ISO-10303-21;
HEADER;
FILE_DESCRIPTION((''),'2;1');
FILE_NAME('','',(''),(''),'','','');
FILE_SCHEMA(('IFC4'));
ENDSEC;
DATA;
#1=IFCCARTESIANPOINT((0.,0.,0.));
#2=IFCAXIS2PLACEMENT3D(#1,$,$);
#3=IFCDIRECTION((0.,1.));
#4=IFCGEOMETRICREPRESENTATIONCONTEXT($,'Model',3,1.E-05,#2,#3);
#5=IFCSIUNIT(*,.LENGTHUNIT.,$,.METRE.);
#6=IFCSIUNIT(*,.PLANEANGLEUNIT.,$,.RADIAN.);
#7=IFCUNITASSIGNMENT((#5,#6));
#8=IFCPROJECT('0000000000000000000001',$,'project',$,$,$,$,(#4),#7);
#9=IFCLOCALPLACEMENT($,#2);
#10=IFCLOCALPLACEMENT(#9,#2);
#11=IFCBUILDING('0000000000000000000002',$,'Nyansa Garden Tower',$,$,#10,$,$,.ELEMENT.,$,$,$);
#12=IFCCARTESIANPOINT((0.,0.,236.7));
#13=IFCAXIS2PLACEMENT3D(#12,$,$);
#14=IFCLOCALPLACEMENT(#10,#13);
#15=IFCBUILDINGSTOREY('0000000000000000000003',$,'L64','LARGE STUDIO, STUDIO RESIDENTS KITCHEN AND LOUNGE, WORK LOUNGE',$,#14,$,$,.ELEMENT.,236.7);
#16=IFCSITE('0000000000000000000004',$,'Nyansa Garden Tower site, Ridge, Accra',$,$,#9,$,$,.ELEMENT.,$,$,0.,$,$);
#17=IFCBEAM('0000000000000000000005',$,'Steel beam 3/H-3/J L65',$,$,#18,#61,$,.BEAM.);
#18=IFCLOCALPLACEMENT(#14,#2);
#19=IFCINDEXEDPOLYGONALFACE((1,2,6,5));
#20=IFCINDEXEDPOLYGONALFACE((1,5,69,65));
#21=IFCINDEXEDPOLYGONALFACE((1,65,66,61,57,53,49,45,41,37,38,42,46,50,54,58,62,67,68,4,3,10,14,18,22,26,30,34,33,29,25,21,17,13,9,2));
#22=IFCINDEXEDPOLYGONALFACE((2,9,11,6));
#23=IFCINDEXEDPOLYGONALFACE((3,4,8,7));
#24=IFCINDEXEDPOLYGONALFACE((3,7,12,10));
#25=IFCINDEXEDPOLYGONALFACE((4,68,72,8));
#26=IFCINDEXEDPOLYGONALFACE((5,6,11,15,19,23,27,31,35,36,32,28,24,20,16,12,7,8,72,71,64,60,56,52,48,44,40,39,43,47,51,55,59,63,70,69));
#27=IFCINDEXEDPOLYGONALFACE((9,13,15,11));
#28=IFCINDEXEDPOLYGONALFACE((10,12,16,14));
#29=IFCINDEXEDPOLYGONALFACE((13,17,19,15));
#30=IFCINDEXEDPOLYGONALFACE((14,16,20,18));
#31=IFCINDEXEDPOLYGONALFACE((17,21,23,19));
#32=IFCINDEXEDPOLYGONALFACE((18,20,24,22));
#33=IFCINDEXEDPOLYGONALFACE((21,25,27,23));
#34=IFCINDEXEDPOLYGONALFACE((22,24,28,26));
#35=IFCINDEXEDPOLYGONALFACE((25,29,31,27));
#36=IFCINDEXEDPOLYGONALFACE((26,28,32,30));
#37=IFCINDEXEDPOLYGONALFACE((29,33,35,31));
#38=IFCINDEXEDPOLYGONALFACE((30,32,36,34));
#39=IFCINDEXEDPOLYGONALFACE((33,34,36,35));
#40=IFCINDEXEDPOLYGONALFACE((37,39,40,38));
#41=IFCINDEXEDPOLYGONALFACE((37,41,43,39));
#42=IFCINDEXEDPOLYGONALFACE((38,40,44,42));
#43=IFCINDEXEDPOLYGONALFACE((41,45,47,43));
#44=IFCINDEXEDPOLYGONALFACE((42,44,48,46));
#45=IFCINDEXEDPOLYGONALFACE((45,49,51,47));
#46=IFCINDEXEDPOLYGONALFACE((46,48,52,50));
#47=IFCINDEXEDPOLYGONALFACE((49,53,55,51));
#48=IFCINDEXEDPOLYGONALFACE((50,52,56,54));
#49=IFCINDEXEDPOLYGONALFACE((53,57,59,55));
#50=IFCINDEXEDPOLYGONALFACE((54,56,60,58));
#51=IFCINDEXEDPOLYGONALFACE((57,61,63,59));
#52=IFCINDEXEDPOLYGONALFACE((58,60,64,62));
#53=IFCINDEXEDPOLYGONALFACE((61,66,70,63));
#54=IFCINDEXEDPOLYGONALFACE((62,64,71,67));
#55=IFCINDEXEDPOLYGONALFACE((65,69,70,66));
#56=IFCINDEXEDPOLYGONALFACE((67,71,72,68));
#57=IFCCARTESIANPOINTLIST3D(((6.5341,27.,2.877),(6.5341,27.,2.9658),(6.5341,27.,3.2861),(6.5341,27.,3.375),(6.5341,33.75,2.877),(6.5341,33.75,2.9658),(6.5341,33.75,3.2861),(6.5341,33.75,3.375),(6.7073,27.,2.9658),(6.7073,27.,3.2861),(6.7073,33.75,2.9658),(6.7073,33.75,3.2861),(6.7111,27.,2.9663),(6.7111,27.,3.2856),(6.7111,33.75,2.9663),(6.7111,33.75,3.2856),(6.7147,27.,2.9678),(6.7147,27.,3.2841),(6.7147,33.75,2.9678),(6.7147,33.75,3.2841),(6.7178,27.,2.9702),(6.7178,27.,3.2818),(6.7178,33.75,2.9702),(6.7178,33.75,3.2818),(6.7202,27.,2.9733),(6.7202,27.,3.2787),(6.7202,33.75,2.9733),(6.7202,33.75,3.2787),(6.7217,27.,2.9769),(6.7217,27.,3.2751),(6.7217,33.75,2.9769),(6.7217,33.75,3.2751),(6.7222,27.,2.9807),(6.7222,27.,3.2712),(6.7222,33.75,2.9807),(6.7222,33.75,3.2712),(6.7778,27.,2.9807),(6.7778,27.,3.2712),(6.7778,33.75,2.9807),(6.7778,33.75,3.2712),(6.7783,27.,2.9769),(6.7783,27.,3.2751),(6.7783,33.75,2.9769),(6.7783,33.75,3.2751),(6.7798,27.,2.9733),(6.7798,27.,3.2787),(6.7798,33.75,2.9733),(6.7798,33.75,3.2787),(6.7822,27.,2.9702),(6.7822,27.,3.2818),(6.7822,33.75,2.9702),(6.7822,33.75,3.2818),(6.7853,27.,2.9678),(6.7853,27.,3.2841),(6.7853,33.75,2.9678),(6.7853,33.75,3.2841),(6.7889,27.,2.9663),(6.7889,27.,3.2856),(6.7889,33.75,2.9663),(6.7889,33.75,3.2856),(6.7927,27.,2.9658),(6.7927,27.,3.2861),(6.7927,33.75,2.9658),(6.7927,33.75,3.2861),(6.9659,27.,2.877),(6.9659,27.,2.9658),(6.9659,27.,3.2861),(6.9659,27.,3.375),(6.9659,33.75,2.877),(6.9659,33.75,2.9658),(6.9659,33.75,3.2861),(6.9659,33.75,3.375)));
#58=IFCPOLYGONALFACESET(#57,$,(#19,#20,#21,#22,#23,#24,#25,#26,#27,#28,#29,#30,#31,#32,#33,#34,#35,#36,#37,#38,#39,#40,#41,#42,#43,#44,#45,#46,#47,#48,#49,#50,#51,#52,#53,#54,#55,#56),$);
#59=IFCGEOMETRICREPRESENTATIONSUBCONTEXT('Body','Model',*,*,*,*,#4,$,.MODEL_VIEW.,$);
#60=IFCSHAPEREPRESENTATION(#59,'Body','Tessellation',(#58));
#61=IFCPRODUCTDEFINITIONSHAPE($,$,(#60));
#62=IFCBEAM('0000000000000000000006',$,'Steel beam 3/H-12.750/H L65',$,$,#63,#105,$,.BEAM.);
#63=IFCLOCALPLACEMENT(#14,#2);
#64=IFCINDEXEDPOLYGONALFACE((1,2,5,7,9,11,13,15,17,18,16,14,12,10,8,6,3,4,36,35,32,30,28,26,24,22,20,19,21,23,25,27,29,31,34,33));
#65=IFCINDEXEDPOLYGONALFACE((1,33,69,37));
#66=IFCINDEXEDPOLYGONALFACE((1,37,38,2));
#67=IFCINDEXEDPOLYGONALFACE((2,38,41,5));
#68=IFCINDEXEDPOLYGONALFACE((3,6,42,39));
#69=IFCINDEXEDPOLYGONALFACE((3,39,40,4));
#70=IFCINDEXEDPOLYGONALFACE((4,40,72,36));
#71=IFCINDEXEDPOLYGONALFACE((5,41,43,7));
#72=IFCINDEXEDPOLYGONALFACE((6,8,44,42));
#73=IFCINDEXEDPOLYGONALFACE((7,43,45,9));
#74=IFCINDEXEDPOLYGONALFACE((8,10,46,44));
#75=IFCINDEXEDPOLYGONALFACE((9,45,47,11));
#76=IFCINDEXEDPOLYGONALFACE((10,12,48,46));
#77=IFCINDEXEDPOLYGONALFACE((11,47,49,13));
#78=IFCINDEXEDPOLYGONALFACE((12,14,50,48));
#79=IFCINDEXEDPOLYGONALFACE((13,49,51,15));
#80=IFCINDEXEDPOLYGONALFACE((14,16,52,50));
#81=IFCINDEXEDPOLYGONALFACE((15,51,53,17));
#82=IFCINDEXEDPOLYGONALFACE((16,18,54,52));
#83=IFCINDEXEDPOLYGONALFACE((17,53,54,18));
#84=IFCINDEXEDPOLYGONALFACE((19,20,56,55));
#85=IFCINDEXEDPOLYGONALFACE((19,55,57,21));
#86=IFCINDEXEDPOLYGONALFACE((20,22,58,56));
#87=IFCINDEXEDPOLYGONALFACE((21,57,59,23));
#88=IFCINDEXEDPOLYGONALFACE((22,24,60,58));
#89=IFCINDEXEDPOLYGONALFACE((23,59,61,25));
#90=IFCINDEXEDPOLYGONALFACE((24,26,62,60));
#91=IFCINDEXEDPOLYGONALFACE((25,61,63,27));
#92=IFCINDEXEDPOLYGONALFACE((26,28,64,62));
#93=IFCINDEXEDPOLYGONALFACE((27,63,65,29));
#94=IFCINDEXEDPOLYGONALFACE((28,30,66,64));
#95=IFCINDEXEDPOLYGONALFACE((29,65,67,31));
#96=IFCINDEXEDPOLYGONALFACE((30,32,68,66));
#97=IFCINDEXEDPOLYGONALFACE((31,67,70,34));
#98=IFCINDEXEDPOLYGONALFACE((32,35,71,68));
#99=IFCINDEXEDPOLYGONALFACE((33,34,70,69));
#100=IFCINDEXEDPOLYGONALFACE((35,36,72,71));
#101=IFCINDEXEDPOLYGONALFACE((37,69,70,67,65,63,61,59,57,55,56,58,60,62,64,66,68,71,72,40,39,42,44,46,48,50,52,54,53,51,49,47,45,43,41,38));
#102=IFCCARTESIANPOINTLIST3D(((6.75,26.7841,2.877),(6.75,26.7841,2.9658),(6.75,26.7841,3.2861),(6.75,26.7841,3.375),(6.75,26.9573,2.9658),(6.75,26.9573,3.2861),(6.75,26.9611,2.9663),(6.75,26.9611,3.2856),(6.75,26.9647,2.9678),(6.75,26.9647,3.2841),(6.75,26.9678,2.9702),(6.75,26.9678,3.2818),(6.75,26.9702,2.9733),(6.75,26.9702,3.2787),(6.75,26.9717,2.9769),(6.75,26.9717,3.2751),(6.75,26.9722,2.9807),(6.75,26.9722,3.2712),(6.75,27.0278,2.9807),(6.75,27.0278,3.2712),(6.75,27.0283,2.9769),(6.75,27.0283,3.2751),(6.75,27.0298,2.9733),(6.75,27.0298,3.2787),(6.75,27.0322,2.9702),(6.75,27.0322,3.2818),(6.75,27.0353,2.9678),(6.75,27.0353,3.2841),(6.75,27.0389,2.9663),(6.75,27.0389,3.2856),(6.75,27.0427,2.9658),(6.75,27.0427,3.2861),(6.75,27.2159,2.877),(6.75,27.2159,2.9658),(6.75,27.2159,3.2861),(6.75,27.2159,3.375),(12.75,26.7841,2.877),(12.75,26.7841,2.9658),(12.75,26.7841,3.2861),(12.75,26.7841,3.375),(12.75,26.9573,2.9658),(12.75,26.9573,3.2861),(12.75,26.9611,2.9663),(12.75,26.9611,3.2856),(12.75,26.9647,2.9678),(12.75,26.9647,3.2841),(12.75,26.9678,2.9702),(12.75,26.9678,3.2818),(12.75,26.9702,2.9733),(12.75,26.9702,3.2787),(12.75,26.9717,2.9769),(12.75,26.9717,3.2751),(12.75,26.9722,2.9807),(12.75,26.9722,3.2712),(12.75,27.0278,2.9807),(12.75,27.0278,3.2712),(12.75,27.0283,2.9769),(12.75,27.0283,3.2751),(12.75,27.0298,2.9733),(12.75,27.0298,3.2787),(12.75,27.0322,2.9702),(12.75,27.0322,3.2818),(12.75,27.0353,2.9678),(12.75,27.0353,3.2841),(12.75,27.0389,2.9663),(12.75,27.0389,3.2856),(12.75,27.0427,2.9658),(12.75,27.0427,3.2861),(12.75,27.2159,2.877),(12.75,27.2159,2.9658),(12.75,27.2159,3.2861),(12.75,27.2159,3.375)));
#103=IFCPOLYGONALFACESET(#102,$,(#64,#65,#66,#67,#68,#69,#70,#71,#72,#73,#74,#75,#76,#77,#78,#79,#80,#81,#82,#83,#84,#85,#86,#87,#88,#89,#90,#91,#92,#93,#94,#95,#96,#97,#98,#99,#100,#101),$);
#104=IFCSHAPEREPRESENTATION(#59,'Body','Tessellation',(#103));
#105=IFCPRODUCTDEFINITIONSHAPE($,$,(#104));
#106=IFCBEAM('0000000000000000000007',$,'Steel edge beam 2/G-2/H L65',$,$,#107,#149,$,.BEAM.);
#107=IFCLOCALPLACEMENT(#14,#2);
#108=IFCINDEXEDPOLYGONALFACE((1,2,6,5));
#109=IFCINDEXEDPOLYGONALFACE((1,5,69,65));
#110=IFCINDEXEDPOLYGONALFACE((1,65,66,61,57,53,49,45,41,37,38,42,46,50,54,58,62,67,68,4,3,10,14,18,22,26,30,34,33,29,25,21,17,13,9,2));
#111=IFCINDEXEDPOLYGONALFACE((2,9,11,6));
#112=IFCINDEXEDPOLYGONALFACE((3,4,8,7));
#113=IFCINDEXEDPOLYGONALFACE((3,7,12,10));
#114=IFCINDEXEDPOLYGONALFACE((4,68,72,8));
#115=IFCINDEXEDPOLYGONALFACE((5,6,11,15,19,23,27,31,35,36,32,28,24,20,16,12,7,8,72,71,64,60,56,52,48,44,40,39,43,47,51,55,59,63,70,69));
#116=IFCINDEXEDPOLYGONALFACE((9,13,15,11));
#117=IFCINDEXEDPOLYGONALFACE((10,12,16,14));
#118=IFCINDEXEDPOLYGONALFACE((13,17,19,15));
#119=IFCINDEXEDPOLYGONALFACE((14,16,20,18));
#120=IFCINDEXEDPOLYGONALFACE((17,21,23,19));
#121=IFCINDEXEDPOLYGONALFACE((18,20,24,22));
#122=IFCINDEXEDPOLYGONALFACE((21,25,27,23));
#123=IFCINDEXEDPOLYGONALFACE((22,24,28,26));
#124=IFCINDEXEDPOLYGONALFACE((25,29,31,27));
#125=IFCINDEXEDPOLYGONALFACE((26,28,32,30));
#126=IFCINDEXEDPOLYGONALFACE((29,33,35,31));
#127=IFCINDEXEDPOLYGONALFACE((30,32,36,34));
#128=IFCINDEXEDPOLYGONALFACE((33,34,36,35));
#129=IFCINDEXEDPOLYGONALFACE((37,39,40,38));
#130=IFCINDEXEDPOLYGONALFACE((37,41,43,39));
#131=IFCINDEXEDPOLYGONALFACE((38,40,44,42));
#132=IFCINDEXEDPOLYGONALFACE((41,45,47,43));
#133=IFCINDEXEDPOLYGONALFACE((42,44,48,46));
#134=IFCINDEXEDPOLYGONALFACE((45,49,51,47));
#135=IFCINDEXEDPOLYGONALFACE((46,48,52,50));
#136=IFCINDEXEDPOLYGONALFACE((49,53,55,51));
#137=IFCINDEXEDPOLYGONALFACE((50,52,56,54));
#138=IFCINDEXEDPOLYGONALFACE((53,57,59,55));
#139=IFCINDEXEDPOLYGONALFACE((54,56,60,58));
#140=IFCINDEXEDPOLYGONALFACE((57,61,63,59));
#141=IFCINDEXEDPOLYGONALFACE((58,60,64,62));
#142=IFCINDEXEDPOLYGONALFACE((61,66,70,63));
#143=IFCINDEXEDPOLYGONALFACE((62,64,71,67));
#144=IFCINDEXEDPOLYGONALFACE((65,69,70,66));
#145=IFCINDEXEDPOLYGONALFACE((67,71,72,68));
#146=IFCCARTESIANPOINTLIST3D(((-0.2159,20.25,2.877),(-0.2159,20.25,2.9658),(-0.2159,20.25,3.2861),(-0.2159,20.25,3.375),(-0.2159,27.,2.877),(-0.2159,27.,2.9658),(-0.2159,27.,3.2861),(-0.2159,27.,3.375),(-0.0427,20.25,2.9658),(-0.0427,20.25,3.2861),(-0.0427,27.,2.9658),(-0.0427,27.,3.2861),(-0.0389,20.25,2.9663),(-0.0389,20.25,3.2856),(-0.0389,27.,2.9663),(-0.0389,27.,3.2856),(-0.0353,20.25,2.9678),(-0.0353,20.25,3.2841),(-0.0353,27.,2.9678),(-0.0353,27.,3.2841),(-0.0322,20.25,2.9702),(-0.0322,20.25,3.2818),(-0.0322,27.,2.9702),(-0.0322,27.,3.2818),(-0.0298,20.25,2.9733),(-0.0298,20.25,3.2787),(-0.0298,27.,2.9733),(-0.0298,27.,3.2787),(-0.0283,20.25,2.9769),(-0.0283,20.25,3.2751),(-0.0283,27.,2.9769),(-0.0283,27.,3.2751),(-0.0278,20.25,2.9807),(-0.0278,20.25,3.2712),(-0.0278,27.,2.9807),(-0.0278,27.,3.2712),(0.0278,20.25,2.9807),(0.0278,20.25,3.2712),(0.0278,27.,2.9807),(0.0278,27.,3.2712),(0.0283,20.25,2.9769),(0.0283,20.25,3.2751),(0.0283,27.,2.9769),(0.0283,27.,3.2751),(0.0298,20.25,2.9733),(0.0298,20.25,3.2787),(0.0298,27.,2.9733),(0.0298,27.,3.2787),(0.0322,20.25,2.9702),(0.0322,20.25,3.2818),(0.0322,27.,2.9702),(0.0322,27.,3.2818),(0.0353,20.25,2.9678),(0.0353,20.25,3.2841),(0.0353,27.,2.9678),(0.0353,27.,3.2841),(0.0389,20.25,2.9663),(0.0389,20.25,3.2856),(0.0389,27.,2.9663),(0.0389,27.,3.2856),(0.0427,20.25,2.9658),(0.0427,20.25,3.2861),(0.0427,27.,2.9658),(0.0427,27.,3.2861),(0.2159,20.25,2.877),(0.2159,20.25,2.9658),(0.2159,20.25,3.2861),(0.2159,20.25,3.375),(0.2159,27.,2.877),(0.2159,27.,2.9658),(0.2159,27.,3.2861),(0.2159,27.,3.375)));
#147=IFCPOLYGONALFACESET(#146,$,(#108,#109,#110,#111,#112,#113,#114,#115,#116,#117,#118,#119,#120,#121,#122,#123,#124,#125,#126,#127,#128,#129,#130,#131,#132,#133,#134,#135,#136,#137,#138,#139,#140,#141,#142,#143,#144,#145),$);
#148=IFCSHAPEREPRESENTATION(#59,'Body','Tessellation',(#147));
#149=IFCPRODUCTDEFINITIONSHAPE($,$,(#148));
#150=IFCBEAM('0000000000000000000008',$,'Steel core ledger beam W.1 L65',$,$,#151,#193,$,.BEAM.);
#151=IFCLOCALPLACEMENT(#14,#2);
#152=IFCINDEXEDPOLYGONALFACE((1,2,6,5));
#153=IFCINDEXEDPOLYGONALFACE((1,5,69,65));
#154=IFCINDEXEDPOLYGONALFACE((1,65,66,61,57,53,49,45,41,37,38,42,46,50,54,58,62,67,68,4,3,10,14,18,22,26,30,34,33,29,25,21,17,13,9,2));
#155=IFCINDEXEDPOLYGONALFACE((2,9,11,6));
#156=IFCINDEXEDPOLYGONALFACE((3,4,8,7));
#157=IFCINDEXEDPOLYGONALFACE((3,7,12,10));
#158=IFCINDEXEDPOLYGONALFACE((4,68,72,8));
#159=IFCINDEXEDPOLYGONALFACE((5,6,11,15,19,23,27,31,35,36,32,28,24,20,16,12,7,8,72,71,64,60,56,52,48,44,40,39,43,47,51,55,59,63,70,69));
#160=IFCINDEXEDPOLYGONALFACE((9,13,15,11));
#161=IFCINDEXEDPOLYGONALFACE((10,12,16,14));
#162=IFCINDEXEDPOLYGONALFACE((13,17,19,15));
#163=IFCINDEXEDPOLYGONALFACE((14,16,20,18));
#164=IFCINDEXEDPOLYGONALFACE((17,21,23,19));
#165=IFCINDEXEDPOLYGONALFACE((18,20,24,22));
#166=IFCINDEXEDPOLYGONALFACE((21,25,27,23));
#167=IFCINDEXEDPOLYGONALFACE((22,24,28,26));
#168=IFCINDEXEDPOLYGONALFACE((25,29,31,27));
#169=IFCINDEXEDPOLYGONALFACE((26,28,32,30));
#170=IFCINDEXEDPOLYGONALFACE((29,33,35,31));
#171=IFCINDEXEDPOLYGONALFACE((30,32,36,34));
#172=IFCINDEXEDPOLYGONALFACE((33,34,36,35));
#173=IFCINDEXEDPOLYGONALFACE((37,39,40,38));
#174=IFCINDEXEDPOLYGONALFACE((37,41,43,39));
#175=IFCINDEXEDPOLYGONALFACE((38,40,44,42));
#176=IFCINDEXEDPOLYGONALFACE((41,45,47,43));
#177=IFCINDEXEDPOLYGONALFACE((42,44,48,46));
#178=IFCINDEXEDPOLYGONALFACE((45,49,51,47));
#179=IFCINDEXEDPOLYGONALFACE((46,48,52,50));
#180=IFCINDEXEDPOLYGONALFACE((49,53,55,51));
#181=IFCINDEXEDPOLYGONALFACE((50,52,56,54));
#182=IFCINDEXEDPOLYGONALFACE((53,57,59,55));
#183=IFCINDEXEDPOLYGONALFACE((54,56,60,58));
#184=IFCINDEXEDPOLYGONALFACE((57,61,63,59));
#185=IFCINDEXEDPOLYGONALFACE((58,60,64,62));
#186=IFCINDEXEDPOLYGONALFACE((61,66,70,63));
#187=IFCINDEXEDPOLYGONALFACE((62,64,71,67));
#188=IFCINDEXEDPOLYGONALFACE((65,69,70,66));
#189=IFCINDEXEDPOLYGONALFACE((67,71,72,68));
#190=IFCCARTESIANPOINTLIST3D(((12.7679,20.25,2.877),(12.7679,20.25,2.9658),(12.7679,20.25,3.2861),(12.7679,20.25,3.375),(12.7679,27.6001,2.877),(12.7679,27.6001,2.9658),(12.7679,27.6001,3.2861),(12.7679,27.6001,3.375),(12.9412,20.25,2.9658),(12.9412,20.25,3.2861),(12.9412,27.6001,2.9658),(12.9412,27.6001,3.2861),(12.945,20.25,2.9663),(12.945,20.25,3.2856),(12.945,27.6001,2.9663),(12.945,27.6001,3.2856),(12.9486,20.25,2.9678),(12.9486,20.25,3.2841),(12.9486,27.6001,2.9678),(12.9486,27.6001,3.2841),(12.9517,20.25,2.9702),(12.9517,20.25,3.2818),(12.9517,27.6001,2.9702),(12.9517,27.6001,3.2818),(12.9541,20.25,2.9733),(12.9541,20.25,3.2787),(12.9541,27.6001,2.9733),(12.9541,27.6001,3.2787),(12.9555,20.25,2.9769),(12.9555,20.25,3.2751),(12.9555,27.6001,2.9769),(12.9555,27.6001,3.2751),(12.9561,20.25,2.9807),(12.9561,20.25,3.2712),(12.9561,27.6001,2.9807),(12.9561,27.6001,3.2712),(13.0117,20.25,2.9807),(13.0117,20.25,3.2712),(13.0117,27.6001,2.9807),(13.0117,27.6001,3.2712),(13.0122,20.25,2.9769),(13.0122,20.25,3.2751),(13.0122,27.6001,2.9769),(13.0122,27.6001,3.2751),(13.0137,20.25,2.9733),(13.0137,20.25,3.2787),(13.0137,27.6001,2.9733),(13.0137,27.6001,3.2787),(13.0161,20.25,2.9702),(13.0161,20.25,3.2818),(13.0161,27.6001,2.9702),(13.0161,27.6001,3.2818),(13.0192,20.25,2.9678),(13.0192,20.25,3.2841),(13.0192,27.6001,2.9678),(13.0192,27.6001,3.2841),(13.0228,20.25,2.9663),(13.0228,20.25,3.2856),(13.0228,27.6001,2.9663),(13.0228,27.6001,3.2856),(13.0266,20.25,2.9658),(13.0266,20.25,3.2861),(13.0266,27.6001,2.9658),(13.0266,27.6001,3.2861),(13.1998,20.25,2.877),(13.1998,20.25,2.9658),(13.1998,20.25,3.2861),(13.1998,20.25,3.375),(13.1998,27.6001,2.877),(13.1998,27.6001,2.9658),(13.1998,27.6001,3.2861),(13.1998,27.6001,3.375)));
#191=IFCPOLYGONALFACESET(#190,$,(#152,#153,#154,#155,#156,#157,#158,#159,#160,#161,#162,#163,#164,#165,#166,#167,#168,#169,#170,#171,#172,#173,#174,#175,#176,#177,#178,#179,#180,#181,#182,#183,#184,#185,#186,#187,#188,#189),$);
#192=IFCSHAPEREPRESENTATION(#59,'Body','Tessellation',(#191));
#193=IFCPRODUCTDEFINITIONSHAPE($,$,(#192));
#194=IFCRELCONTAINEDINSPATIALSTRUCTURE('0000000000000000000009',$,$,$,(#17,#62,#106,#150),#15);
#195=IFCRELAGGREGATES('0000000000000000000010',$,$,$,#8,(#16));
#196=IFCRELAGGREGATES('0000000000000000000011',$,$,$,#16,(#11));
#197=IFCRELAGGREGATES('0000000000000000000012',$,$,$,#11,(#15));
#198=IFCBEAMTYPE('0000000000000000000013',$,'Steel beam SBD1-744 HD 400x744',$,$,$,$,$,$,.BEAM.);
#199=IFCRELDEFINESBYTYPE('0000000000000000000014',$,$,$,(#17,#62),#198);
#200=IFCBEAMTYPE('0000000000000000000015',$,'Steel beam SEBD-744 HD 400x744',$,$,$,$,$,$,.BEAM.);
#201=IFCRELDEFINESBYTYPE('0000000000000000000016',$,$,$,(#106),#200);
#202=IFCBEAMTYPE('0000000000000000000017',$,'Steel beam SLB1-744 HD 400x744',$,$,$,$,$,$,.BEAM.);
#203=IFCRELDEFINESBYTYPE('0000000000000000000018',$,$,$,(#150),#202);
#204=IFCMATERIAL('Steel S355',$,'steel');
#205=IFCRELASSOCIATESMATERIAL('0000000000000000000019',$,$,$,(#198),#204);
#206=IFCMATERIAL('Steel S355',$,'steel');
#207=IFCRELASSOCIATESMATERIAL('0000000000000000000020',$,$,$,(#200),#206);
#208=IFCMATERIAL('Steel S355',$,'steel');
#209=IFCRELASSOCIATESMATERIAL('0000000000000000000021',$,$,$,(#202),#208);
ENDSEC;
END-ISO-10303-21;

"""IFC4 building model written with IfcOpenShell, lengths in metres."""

from ifc_helpers import new_model, si_unit, direction, frame, origin, origin_2d, place, context, subcontext, project, spatial, i_section, extrude, material, material_profile, profile_set, type_object, element, save


model = new_model("IFC4")

# Units and contexts
model_context = context("Model", 3, precision=1e-05, world=origin(), true_north=direction((0.0, 1.0)))
body_context = subcontext(model_context, "Body", "Model", "MODEL_VIEW")
ifc_project = project(units=[si_unit("LENGTHUNIT", "METRE"), si_unit("PLANEANGLEUNIT", "RADIAN")], contexts=[model_context])

# Site, building, storey
site_placement = place(None, origin())
site = spatial("IfcSite", under=ifc_project, at=site_placement, Name="Nyansa Garden Tower site, Ridge, Accra", CompositionType="ELEMENT", RefElevation=0.0)
building_placement = place(site_placement, origin())
building = spatial("IfcBuilding", under=site, at=building_placement, Name="Nyansa Garden Tower", CompositionType="ELEMENT")
storey_placement = place(building_placement, frame((0.0, 0.0, 236.7)))
storey = spatial("IfcBuildingStorey", under=building, at=storey_placement, Name="L64", Description="LARGE STUDIO, STUDIO RESIDENTS KITCHEN AND LOUNGE, WORK LOUNGE", CompositionType="ELEMENT", Elevation=236.7)

# Beams
ifc_material_1 = material(Name="Steel S355", Category="steel")
ifc_material_profile_1 = material_profile(ifc_material_1, i_section(OverallWidth=0.4319, OverallDepth=0.498, WebThickness=0.0557, FlangeThickness=0.0889, FilletRadius=0.0149, at=origin_2d()), Name="HD 400x744")
ifc_profile_set_1 = profile_set([ifc_material_profile_1], Name="Steel S355")
beam_type_1 = type_object("IfcBeamType", Name="Steel beam SBD1-744 HD 400x744", PredefinedType="BEAM", material=ifc_profile_set_1)
beam_1_placement = place(storey_placement, frame((6.75, 27.0, 3.126), z_axis=(0.0, 1.0, 0.0), x_axis=(-1.0, 0.0, 0.0)))
element("IfcBeam", 1, at=beam_1_placement, inside=storey, type_object=beam_type_1, Name="Steel beam 3/H-3/J L65", PredefinedType="BEAM", context=body_context, shape_type="SweptSolid", body=[
    extrude(i_section(OverallWidth=0.4319, OverallDepth=0.498, WebThickness=0.0557, FlangeThickness=0.0889, FilletRadius=0.0149, at=origin_2d()), origin(), (0.0, 0.0, 1.0), 6.75),
])
beam_2_placement = place(storey_placement, frame((6.75, 27.0, 3.126), z_axis=(1.0, 0.0, 0.0), x_axis=(0.0, 1.0, 0.0)))
element("IfcBeam", 2, at=beam_2_placement, inside=storey, type_object=beam_type_1, Name="Steel beam 3/H-12.750/H L65", PredefinedType="BEAM", context=body_context, shape_type="SweptSolid", body=[
    extrude(i_section(OverallWidth=0.4319, OverallDepth=0.498, WebThickness=0.0557, FlangeThickness=0.0889, FilletRadius=0.0149, at=origin_2d()), origin(), (0.0, 0.0, 1.0), 6.0),
])
ifc_material_2 = material(Name="Steel S355", Category="steel")
ifc_material_profile_2 = material_profile(ifc_material_2, i_section(OverallWidth=0.4319, OverallDepth=0.498, WebThickness=0.0557, FlangeThickness=0.0889, FilletRadius=0.0149, at=origin_2d()), Name="HD 400x744")
ifc_profile_set_2 = profile_set([ifc_material_profile_2], Name="Steel S355")
beam_type_2 = type_object("IfcBeamType", Name="Steel beam SEBD-744 HD 400x744", PredefinedType="BEAM", material=ifc_profile_set_2)
beam_3_placement = place(storey_placement, frame((0.0, 20.25, 3.126), z_axis=(0.0, 1.0, 0.0), x_axis=(-1.0, 0.0, 0.0)))
element("IfcBeam", 3, at=beam_3_placement, inside=storey, type_object=beam_type_2, Name="Steel edge beam 2/G-2/H L65", PredefinedType="BEAM", context=body_context, shape_type="SweptSolid", body=[
    extrude(i_section(OverallWidth=0.4319, OverallDepth=0.498, WebThickness=0.0557, FlangeThickness=0.0889, FilletRadius=0.0149, at=origin_2d()), origin(), (0.0, 0.0, 1.0), 6.75),
])
ifc_material_3 = material(Name="Steel S355", Category="steel")
ifc_material_profile_3 = material_profile(ifc_material_3, i_section(OverallWidth=0.4319, OverallDepth=0.498, WebThickness=0.0557, FlangeThickness=0.0889, FilletRadius=0.0149, at=origin_2d()), Name="HD 400x744")
ifc_profile_set_3 = profile_set([ifc_material_profile_3], Name="Steel S355")
beam_type_3 = type_object("IfcBeamType", Name="Steel beam SLB1-744 HD 400x744", PredefinedType="BEAM", material=ifc_profile_set_3)
for number, where, z_axis, x_axis, name in (
    (4, (12.9839, 27.6001, 3.126), (0.0, -1.0, 0.0), (1.0, 0.0, 0.0), "Steel core ledger beam W.1 L65"),
):
    element("IfcBeam", number, at=place(storey_placement, frame(where, z_axis=z_axis, x_axis=x_axis)), inside=storey, type_object=beam_type_3, Name=name, PredefinedType="BEAM", context=body_context, shape_type="SweptSolid", body=[
        extrude(i_section(OverallWidth=0.4319, OverallDepth=0.498, WebThickness=0.0557, FlangeThickness=0.0889, FilletRadius=0.0149, at=origin_2d()), origin(), (0.0, 0.0, 1.0), 7.3501),
    ])

save(model, "model.ifc")
